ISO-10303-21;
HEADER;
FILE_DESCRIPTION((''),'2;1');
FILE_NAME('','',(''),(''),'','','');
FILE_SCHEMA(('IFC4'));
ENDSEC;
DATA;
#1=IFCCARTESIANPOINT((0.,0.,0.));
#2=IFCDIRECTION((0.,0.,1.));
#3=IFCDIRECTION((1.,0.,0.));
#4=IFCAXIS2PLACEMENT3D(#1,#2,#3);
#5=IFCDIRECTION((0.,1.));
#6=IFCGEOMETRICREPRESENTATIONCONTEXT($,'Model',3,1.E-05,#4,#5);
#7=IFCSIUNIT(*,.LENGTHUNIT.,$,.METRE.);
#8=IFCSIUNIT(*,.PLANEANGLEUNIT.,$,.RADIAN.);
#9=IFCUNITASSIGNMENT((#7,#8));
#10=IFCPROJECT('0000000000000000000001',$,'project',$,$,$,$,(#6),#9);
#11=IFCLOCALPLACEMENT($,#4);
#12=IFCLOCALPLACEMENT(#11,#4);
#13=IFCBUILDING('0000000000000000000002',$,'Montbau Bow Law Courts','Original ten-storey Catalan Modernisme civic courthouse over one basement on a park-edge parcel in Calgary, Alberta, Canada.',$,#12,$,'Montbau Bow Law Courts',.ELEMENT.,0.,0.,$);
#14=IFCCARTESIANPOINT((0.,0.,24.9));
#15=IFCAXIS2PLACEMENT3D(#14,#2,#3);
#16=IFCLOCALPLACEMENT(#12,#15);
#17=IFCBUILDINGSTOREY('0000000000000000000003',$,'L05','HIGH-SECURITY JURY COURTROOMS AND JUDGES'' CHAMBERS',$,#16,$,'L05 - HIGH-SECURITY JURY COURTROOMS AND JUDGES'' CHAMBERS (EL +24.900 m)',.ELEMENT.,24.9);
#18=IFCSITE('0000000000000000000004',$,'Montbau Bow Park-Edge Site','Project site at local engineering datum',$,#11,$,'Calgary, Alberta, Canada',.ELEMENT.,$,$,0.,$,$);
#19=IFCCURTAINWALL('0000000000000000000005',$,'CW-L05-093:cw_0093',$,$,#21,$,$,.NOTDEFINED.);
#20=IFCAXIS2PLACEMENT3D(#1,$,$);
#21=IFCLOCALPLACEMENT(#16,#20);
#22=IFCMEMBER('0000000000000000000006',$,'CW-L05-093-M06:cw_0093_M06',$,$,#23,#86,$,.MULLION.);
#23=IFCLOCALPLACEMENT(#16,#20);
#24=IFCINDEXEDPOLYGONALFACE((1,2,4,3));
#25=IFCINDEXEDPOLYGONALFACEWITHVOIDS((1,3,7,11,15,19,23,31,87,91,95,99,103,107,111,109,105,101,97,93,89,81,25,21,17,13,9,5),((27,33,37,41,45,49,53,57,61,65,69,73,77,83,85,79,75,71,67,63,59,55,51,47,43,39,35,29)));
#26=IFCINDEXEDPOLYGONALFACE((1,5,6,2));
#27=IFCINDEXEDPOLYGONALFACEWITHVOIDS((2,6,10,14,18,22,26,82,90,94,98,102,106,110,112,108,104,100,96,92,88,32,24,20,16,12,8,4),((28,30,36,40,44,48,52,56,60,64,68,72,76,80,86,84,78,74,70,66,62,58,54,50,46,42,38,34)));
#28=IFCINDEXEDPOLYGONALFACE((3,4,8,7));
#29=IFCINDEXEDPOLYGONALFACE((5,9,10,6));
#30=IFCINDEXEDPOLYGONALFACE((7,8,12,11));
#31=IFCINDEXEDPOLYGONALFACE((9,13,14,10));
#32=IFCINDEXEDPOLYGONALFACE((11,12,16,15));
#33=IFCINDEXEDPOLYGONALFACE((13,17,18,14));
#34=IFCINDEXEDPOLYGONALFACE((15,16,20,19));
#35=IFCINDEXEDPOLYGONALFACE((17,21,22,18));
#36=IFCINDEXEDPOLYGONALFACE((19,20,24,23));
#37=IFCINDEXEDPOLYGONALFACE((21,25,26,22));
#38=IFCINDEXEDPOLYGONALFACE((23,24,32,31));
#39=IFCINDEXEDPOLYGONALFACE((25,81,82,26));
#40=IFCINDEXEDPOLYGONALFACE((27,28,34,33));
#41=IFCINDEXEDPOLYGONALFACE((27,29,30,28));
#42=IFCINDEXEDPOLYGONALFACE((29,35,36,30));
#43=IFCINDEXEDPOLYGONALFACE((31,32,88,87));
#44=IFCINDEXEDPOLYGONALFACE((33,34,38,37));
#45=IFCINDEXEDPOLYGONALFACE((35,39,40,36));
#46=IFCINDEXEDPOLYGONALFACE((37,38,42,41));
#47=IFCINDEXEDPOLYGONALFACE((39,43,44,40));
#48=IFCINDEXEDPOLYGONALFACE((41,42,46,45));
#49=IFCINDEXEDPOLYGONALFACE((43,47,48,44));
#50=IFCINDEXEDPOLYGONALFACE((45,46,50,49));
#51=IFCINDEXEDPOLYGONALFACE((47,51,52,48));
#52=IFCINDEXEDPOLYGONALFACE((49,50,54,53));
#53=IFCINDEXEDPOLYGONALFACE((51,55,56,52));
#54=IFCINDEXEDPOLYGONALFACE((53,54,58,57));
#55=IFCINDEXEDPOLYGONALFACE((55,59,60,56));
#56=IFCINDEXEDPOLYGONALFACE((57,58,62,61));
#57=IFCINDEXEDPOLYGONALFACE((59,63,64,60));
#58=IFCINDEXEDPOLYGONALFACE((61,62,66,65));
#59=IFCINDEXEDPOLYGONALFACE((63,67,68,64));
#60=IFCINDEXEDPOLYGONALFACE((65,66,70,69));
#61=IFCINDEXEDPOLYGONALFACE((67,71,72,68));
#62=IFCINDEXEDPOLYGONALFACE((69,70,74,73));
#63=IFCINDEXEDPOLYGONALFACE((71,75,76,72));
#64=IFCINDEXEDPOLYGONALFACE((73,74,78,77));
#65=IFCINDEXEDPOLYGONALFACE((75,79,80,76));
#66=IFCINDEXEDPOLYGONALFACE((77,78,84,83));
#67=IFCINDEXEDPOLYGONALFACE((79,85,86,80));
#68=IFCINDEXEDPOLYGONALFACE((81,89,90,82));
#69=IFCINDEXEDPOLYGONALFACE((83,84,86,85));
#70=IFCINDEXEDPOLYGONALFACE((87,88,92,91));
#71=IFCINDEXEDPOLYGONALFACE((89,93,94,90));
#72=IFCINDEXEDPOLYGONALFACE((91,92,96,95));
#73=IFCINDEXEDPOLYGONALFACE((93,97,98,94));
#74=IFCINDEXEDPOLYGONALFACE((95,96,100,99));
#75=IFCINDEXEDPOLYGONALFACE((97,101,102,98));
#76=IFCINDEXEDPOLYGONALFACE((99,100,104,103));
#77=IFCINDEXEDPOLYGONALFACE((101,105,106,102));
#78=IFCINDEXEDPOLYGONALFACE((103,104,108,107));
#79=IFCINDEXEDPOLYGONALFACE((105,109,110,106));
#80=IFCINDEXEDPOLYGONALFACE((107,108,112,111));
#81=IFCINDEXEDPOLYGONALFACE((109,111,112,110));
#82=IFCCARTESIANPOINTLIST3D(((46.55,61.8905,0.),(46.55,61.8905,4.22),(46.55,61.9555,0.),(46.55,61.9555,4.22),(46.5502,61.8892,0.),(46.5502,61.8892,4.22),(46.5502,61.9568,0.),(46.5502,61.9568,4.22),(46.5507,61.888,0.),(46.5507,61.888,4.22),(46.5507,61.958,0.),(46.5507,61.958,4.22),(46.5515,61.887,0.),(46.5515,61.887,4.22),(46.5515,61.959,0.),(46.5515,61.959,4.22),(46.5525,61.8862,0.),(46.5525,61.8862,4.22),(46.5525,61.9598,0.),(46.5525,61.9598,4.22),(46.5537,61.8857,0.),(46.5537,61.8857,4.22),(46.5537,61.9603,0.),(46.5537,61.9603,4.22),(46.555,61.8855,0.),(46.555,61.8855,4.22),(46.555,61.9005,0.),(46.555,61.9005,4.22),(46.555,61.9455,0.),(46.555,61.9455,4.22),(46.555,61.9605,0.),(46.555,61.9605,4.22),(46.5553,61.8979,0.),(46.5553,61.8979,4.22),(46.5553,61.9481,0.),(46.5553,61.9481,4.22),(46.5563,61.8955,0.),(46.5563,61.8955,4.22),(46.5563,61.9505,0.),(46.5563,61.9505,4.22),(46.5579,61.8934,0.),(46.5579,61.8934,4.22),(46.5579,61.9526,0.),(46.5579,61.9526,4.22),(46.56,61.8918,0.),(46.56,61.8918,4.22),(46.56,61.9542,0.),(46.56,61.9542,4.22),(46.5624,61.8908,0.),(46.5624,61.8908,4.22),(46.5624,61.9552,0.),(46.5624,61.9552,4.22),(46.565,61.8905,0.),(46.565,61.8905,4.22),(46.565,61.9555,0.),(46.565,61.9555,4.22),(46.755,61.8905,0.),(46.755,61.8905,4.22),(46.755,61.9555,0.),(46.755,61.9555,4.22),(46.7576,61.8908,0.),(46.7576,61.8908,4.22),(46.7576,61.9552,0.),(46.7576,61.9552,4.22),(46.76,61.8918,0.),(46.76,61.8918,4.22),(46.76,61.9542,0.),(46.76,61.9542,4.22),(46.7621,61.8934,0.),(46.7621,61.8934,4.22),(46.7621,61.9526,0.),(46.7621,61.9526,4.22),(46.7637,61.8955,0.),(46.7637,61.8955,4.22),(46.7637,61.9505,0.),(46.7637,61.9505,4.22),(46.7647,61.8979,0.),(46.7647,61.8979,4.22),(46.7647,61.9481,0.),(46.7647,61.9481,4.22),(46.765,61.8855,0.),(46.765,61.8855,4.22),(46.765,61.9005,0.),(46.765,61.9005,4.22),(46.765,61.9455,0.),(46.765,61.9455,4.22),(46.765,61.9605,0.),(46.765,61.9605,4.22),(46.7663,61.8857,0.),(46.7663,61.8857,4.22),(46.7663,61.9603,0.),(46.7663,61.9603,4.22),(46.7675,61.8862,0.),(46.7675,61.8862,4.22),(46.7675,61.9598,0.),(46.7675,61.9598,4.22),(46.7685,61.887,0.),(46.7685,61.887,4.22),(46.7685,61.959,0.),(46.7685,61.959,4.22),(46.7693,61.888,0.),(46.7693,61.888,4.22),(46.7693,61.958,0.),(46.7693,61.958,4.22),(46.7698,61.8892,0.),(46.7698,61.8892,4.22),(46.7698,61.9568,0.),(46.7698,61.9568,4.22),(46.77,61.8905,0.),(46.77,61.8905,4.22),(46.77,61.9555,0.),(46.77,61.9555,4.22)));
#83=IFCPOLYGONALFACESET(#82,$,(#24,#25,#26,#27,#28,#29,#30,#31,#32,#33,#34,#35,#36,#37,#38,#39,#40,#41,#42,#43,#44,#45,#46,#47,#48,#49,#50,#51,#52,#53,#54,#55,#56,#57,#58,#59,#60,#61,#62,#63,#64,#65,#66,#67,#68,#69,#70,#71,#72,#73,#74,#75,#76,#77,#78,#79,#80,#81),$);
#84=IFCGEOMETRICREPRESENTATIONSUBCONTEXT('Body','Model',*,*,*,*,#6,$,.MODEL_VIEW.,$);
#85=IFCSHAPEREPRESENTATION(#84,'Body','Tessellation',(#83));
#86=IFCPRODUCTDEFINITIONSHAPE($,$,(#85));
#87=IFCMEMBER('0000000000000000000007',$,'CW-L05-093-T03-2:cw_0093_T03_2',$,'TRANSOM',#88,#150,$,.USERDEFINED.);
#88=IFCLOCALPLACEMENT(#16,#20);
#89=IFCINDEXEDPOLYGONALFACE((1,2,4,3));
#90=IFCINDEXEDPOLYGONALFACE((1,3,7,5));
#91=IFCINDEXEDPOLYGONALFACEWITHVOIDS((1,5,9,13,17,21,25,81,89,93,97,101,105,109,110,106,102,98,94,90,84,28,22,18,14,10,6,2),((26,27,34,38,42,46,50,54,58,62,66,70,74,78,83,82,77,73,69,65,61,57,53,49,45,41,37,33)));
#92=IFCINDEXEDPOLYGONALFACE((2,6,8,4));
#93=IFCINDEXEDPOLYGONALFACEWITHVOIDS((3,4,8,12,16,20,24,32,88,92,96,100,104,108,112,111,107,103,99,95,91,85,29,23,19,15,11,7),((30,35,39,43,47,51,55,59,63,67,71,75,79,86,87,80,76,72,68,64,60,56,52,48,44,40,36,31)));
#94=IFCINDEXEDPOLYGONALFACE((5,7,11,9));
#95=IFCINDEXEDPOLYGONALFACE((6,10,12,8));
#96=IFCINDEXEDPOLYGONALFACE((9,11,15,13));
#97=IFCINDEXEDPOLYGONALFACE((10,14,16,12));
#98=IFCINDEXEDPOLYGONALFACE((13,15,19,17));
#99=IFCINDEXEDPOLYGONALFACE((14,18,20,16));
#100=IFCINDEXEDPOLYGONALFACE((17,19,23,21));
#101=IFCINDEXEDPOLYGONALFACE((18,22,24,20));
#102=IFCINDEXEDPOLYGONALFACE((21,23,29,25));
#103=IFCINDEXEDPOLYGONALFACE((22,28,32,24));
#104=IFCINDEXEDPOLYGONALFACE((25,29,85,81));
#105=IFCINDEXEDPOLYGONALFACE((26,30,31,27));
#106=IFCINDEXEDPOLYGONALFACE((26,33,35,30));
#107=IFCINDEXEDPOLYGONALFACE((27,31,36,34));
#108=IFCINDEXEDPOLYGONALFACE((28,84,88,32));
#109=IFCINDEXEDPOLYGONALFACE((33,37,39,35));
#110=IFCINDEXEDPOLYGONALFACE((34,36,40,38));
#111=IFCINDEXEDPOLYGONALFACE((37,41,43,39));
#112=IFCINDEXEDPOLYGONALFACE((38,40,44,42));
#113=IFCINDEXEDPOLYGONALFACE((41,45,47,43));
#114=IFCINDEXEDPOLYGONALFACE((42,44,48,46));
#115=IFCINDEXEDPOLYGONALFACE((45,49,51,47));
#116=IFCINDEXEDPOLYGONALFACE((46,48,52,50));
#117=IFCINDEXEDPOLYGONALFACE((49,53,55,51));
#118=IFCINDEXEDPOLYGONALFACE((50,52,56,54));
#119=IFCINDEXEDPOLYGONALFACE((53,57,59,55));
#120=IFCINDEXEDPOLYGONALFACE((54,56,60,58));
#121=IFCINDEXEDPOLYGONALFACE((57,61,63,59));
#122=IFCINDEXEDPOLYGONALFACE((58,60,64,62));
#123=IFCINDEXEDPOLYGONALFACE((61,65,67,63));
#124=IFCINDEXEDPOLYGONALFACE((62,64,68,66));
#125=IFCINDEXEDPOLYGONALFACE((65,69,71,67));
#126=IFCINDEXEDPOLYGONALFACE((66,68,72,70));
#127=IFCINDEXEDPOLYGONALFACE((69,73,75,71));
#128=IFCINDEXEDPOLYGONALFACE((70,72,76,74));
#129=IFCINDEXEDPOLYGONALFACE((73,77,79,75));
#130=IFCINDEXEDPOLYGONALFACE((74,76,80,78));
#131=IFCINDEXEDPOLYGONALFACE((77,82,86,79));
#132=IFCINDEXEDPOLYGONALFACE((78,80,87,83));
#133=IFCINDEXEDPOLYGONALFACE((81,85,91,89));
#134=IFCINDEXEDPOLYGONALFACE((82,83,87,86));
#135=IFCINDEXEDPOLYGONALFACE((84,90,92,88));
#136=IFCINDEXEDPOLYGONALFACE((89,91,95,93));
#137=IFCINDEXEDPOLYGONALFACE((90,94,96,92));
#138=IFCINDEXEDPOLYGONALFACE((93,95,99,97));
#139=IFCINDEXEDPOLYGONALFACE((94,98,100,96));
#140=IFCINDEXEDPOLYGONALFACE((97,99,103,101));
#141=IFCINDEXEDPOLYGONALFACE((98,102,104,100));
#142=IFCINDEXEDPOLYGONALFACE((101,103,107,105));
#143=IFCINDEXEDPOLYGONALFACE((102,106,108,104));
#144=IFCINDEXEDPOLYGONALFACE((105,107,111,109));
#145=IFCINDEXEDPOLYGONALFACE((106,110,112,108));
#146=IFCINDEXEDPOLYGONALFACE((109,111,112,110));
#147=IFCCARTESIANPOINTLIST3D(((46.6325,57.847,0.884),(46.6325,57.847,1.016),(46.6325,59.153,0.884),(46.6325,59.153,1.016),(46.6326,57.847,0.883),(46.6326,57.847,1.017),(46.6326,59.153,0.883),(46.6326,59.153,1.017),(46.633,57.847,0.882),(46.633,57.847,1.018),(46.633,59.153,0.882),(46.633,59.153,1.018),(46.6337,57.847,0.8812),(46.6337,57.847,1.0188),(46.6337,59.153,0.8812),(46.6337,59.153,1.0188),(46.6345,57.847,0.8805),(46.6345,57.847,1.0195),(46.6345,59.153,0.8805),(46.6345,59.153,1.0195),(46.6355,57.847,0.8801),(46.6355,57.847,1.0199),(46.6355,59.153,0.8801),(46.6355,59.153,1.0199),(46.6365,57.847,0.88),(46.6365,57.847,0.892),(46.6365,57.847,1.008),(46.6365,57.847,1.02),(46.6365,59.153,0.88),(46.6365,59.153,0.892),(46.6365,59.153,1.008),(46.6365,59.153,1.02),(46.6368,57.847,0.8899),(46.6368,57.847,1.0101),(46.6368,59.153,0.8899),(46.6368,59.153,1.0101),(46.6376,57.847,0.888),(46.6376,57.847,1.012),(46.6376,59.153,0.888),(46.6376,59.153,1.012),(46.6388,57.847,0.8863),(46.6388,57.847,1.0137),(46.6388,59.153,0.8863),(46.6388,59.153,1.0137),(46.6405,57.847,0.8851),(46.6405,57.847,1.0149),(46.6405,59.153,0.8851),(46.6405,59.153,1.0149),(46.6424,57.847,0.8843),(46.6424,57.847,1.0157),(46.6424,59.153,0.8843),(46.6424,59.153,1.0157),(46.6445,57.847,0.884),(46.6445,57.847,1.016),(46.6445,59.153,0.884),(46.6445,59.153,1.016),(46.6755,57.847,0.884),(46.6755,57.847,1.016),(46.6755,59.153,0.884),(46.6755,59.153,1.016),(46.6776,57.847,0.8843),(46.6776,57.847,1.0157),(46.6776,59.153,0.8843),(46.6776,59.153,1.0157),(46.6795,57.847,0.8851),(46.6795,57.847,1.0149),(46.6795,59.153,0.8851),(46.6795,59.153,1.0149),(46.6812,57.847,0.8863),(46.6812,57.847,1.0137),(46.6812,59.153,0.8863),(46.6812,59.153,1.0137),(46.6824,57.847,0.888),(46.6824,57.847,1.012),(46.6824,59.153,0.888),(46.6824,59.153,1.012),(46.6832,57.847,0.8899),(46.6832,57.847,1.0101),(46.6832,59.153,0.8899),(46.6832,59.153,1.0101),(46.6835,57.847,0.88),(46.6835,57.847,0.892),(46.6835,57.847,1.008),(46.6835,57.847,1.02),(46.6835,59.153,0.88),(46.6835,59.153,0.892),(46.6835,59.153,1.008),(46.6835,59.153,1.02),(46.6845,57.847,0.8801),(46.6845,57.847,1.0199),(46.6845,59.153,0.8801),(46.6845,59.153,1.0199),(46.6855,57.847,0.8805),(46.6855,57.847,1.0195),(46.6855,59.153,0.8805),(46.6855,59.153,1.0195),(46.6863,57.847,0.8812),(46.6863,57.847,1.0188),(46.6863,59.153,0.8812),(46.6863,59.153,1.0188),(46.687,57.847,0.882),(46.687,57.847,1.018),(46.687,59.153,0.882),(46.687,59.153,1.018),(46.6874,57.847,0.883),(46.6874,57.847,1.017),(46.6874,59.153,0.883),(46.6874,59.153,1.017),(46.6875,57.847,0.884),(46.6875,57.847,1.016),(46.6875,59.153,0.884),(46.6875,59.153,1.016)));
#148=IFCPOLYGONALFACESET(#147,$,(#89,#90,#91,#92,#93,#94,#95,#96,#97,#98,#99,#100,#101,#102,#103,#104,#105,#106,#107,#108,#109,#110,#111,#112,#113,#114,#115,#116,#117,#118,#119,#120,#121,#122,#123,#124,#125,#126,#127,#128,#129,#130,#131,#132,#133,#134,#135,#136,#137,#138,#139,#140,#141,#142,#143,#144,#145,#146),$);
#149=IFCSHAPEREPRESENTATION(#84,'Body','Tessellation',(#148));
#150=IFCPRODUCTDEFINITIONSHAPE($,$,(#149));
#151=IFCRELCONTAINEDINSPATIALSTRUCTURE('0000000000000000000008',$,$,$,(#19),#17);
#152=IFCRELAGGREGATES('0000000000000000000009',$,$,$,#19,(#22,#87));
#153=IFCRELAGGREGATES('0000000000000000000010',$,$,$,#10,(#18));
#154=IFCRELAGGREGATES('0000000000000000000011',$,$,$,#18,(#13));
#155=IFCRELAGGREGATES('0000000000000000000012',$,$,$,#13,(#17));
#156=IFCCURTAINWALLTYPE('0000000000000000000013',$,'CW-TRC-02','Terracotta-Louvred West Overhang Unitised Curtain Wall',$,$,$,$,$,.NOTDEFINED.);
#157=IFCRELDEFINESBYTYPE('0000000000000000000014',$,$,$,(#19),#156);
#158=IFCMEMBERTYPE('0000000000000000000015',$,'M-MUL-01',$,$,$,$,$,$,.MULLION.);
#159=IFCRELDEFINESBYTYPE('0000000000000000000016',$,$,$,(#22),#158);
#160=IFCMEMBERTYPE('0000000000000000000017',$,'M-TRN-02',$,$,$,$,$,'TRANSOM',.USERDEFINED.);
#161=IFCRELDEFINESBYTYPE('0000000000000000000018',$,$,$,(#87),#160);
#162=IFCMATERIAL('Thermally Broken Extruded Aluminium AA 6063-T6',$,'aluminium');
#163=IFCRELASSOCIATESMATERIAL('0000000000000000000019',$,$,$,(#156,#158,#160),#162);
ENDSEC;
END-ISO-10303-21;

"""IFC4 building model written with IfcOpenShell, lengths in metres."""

from ifc_helpers import new_model, si_unit, direction, frame, origin_with_axes, origin_2d_with_axis, place, context, subcontext, project, spatial, hollow_rectangle, extrude, material, material_profile, profile_set, type_object, element, aggregate, save


model = new_model("IFC4")

# Units and contexts
model_context = context("Model", 3, precision=1e-05, world=origin_with_axes(), true_north=direction((0.0, 1.0)))
body_context = subcontext(model_context, "Body", "Model", "MODEL_VIEW")
ifc_project = project(units=[si_unit("LENGTHUNIT", "METRE"), si_unit("PLANEANGLEUNIT", "RADIAN")], contexts=[model_context])

# Site, building, storey
site_placement = place(None, origin_with_axes())
site = spatial("IfcSite", under=ifc_project, at=site_placement, Name="Montbau Bow Park-Edge Site", Description="Project site at local engineering datum", LongName="Calgary, Alberta, Canada", CompositionType="ELEMENT", RefElevation=0.0)
building_placement = place(site_placement, origin_with_axes())
building = spatial("IfcBuilding", under=site, at=building_placement, Name="Montbau Bow Law Courts", Description="Original ten-storey Catalan Modernisme civic courthouse over one basement on a park-edge parcel in Calgary, Alberta, Canada.", LongName="Montbau Bow Law Courts", CompositionType="ELEMENT", ElevationOfRefHeight=0.0, ElevationOfTerrain=0.0)
storey_placement = place(building_placement, frame((0.0, 0.0, 24.9), z_axis=(0.0, 0.0, 1.0), x_axis=(1.0, 0.0, 0.0)))
storey = spatial("IfcBuildingStorey", under=building, at=storey_placement, Name="L05", Description="HIGH-SECURITY JURY COURTROOMS AND JUDGES' CHAMBERS", LongName="L05 - HIGH-SECURITY JURY COURTROOMS AND JUDGES' CHAMBERS (EL +24.900 m)", CompositionType="ELEMENT", Elevation=24.9)

# Curtain wall, members
ifc_material_1 = material(Name="Thermally Broken Extruded Aluminium AA 6063-T6", Category="aluminium")
curtain_wall_type = type_object("IfcCurtainWallType", Name="CW-TRC-02", Description="Terracotta-Louvred West Overhang Unitised Curtain Wall", PredefinedType="NOTDEFINED", material=ifc_material_1)
curtain_wall_placement = place(None, frame((46.66, 55.04, 24.9), z_axis=(0.0, 0.0, 1.0), x_axis=(1.0, 0.0, 0.0)))
curtain_wall = element("IfcCurtainWall", 1, at=curtain_wall_placement, inside=storey, type_object=curtain_wall_type, Name="CW-L05-093:cw_0093", PredefinedType="NOTDEFINED")
ifc_material_profile_1 = material_profile(ifc_material_1, hollow_rectangle(XDim=0.075, YDim=0.22, WallThickness=0.005, InnerFilletRadius=0.01, OuterFilletRadius=0.005, at=origin_2d_with_axis()), Name="CWM-220X75", Category="Main", Priority=0)
ifc_profile_set_1 = profile_set([ifc_material_profile_1], Name="Thermally Broken Extruded Aluminium AA 6063-T6")
member_type_1 = type_object("IfcMemberType", Name="M-MUL-01", PredefinedType="MULLION", material=ifc_profile_set_1)
member_1_placement = place(None, frame((46.66, 61.923, 24.9), z_axis=(0.0, 0.0, 1.0), x_axis=(0.0, 1.0, 0.0)))
member_1 = element("IfcMember", 2, at=member_1_placement, type_object=member_type_1, Name="CW-L05-093-M06:cw_0093_M06", PredefinedType="MULLION", context=body_context, shape_type="SweptSolid", body=[
    extrude(hollow_rectangle(XDim=0.075, YDim=0.22, WallThickness=0.005, InnerFilletRadius=0.01, OuterFilletRadius=0.005, at=origin_2d_with_axis()), origin_with_axes(), (0.0, 0.0, 1.0), 4.22),
])
ifc_material_profile_2 = material_profile(ifc_material_1, hollow_rectangle(XDim=0.055, YDim=0.14, WallThickness=0.004, InnerFilletRadius=0.008, OuterFilletRadius=0.004, at=origin_2d_with_axis()), Name="CWT-140X55", Category="Main", Priority=0)
ifc_profile_set_2 = profile_set([ifc_material_profile_2], Name="Thermally Broken Extruded Aluminium AA 6063-T6")
member_type_2 = type_object("IfcMemberType", Name="M-TRN-02", ElementType="TRANSOM", PredefinedType="USERDEFINED", material=ifc_profile_set_2)
member_2_placement = place(None, frame((46.66, 57.847, 25.85), z_axis=(0.0, 1.0, 0.0), x_axis=(-1.0, 0.0, 0.0)))
member_2 = element("IfcMember", 3, at=member_2_placement, type_object=member_type_2, Name="CW-L05-093-T03-2:cw_0093_T03_2", ObjectType="TRANSOM", PredefinedType="USERDEFINED", context=body_context, shape_type="SweptSolid", body=[
    extrude(hollow_rectangle(XDim=0.055, YDim=0.14, WallThickness=0.004, InnerFilletRadius=0.008, OuterFilletRadius=0.004, at=origin_2d_with_axis()), origin_with_axes(), (0.0, 0.0, 1.0), 1.306),
])
aggregate(curtain_wall, [member_1, member_2])

save(model, "model.ifc")
